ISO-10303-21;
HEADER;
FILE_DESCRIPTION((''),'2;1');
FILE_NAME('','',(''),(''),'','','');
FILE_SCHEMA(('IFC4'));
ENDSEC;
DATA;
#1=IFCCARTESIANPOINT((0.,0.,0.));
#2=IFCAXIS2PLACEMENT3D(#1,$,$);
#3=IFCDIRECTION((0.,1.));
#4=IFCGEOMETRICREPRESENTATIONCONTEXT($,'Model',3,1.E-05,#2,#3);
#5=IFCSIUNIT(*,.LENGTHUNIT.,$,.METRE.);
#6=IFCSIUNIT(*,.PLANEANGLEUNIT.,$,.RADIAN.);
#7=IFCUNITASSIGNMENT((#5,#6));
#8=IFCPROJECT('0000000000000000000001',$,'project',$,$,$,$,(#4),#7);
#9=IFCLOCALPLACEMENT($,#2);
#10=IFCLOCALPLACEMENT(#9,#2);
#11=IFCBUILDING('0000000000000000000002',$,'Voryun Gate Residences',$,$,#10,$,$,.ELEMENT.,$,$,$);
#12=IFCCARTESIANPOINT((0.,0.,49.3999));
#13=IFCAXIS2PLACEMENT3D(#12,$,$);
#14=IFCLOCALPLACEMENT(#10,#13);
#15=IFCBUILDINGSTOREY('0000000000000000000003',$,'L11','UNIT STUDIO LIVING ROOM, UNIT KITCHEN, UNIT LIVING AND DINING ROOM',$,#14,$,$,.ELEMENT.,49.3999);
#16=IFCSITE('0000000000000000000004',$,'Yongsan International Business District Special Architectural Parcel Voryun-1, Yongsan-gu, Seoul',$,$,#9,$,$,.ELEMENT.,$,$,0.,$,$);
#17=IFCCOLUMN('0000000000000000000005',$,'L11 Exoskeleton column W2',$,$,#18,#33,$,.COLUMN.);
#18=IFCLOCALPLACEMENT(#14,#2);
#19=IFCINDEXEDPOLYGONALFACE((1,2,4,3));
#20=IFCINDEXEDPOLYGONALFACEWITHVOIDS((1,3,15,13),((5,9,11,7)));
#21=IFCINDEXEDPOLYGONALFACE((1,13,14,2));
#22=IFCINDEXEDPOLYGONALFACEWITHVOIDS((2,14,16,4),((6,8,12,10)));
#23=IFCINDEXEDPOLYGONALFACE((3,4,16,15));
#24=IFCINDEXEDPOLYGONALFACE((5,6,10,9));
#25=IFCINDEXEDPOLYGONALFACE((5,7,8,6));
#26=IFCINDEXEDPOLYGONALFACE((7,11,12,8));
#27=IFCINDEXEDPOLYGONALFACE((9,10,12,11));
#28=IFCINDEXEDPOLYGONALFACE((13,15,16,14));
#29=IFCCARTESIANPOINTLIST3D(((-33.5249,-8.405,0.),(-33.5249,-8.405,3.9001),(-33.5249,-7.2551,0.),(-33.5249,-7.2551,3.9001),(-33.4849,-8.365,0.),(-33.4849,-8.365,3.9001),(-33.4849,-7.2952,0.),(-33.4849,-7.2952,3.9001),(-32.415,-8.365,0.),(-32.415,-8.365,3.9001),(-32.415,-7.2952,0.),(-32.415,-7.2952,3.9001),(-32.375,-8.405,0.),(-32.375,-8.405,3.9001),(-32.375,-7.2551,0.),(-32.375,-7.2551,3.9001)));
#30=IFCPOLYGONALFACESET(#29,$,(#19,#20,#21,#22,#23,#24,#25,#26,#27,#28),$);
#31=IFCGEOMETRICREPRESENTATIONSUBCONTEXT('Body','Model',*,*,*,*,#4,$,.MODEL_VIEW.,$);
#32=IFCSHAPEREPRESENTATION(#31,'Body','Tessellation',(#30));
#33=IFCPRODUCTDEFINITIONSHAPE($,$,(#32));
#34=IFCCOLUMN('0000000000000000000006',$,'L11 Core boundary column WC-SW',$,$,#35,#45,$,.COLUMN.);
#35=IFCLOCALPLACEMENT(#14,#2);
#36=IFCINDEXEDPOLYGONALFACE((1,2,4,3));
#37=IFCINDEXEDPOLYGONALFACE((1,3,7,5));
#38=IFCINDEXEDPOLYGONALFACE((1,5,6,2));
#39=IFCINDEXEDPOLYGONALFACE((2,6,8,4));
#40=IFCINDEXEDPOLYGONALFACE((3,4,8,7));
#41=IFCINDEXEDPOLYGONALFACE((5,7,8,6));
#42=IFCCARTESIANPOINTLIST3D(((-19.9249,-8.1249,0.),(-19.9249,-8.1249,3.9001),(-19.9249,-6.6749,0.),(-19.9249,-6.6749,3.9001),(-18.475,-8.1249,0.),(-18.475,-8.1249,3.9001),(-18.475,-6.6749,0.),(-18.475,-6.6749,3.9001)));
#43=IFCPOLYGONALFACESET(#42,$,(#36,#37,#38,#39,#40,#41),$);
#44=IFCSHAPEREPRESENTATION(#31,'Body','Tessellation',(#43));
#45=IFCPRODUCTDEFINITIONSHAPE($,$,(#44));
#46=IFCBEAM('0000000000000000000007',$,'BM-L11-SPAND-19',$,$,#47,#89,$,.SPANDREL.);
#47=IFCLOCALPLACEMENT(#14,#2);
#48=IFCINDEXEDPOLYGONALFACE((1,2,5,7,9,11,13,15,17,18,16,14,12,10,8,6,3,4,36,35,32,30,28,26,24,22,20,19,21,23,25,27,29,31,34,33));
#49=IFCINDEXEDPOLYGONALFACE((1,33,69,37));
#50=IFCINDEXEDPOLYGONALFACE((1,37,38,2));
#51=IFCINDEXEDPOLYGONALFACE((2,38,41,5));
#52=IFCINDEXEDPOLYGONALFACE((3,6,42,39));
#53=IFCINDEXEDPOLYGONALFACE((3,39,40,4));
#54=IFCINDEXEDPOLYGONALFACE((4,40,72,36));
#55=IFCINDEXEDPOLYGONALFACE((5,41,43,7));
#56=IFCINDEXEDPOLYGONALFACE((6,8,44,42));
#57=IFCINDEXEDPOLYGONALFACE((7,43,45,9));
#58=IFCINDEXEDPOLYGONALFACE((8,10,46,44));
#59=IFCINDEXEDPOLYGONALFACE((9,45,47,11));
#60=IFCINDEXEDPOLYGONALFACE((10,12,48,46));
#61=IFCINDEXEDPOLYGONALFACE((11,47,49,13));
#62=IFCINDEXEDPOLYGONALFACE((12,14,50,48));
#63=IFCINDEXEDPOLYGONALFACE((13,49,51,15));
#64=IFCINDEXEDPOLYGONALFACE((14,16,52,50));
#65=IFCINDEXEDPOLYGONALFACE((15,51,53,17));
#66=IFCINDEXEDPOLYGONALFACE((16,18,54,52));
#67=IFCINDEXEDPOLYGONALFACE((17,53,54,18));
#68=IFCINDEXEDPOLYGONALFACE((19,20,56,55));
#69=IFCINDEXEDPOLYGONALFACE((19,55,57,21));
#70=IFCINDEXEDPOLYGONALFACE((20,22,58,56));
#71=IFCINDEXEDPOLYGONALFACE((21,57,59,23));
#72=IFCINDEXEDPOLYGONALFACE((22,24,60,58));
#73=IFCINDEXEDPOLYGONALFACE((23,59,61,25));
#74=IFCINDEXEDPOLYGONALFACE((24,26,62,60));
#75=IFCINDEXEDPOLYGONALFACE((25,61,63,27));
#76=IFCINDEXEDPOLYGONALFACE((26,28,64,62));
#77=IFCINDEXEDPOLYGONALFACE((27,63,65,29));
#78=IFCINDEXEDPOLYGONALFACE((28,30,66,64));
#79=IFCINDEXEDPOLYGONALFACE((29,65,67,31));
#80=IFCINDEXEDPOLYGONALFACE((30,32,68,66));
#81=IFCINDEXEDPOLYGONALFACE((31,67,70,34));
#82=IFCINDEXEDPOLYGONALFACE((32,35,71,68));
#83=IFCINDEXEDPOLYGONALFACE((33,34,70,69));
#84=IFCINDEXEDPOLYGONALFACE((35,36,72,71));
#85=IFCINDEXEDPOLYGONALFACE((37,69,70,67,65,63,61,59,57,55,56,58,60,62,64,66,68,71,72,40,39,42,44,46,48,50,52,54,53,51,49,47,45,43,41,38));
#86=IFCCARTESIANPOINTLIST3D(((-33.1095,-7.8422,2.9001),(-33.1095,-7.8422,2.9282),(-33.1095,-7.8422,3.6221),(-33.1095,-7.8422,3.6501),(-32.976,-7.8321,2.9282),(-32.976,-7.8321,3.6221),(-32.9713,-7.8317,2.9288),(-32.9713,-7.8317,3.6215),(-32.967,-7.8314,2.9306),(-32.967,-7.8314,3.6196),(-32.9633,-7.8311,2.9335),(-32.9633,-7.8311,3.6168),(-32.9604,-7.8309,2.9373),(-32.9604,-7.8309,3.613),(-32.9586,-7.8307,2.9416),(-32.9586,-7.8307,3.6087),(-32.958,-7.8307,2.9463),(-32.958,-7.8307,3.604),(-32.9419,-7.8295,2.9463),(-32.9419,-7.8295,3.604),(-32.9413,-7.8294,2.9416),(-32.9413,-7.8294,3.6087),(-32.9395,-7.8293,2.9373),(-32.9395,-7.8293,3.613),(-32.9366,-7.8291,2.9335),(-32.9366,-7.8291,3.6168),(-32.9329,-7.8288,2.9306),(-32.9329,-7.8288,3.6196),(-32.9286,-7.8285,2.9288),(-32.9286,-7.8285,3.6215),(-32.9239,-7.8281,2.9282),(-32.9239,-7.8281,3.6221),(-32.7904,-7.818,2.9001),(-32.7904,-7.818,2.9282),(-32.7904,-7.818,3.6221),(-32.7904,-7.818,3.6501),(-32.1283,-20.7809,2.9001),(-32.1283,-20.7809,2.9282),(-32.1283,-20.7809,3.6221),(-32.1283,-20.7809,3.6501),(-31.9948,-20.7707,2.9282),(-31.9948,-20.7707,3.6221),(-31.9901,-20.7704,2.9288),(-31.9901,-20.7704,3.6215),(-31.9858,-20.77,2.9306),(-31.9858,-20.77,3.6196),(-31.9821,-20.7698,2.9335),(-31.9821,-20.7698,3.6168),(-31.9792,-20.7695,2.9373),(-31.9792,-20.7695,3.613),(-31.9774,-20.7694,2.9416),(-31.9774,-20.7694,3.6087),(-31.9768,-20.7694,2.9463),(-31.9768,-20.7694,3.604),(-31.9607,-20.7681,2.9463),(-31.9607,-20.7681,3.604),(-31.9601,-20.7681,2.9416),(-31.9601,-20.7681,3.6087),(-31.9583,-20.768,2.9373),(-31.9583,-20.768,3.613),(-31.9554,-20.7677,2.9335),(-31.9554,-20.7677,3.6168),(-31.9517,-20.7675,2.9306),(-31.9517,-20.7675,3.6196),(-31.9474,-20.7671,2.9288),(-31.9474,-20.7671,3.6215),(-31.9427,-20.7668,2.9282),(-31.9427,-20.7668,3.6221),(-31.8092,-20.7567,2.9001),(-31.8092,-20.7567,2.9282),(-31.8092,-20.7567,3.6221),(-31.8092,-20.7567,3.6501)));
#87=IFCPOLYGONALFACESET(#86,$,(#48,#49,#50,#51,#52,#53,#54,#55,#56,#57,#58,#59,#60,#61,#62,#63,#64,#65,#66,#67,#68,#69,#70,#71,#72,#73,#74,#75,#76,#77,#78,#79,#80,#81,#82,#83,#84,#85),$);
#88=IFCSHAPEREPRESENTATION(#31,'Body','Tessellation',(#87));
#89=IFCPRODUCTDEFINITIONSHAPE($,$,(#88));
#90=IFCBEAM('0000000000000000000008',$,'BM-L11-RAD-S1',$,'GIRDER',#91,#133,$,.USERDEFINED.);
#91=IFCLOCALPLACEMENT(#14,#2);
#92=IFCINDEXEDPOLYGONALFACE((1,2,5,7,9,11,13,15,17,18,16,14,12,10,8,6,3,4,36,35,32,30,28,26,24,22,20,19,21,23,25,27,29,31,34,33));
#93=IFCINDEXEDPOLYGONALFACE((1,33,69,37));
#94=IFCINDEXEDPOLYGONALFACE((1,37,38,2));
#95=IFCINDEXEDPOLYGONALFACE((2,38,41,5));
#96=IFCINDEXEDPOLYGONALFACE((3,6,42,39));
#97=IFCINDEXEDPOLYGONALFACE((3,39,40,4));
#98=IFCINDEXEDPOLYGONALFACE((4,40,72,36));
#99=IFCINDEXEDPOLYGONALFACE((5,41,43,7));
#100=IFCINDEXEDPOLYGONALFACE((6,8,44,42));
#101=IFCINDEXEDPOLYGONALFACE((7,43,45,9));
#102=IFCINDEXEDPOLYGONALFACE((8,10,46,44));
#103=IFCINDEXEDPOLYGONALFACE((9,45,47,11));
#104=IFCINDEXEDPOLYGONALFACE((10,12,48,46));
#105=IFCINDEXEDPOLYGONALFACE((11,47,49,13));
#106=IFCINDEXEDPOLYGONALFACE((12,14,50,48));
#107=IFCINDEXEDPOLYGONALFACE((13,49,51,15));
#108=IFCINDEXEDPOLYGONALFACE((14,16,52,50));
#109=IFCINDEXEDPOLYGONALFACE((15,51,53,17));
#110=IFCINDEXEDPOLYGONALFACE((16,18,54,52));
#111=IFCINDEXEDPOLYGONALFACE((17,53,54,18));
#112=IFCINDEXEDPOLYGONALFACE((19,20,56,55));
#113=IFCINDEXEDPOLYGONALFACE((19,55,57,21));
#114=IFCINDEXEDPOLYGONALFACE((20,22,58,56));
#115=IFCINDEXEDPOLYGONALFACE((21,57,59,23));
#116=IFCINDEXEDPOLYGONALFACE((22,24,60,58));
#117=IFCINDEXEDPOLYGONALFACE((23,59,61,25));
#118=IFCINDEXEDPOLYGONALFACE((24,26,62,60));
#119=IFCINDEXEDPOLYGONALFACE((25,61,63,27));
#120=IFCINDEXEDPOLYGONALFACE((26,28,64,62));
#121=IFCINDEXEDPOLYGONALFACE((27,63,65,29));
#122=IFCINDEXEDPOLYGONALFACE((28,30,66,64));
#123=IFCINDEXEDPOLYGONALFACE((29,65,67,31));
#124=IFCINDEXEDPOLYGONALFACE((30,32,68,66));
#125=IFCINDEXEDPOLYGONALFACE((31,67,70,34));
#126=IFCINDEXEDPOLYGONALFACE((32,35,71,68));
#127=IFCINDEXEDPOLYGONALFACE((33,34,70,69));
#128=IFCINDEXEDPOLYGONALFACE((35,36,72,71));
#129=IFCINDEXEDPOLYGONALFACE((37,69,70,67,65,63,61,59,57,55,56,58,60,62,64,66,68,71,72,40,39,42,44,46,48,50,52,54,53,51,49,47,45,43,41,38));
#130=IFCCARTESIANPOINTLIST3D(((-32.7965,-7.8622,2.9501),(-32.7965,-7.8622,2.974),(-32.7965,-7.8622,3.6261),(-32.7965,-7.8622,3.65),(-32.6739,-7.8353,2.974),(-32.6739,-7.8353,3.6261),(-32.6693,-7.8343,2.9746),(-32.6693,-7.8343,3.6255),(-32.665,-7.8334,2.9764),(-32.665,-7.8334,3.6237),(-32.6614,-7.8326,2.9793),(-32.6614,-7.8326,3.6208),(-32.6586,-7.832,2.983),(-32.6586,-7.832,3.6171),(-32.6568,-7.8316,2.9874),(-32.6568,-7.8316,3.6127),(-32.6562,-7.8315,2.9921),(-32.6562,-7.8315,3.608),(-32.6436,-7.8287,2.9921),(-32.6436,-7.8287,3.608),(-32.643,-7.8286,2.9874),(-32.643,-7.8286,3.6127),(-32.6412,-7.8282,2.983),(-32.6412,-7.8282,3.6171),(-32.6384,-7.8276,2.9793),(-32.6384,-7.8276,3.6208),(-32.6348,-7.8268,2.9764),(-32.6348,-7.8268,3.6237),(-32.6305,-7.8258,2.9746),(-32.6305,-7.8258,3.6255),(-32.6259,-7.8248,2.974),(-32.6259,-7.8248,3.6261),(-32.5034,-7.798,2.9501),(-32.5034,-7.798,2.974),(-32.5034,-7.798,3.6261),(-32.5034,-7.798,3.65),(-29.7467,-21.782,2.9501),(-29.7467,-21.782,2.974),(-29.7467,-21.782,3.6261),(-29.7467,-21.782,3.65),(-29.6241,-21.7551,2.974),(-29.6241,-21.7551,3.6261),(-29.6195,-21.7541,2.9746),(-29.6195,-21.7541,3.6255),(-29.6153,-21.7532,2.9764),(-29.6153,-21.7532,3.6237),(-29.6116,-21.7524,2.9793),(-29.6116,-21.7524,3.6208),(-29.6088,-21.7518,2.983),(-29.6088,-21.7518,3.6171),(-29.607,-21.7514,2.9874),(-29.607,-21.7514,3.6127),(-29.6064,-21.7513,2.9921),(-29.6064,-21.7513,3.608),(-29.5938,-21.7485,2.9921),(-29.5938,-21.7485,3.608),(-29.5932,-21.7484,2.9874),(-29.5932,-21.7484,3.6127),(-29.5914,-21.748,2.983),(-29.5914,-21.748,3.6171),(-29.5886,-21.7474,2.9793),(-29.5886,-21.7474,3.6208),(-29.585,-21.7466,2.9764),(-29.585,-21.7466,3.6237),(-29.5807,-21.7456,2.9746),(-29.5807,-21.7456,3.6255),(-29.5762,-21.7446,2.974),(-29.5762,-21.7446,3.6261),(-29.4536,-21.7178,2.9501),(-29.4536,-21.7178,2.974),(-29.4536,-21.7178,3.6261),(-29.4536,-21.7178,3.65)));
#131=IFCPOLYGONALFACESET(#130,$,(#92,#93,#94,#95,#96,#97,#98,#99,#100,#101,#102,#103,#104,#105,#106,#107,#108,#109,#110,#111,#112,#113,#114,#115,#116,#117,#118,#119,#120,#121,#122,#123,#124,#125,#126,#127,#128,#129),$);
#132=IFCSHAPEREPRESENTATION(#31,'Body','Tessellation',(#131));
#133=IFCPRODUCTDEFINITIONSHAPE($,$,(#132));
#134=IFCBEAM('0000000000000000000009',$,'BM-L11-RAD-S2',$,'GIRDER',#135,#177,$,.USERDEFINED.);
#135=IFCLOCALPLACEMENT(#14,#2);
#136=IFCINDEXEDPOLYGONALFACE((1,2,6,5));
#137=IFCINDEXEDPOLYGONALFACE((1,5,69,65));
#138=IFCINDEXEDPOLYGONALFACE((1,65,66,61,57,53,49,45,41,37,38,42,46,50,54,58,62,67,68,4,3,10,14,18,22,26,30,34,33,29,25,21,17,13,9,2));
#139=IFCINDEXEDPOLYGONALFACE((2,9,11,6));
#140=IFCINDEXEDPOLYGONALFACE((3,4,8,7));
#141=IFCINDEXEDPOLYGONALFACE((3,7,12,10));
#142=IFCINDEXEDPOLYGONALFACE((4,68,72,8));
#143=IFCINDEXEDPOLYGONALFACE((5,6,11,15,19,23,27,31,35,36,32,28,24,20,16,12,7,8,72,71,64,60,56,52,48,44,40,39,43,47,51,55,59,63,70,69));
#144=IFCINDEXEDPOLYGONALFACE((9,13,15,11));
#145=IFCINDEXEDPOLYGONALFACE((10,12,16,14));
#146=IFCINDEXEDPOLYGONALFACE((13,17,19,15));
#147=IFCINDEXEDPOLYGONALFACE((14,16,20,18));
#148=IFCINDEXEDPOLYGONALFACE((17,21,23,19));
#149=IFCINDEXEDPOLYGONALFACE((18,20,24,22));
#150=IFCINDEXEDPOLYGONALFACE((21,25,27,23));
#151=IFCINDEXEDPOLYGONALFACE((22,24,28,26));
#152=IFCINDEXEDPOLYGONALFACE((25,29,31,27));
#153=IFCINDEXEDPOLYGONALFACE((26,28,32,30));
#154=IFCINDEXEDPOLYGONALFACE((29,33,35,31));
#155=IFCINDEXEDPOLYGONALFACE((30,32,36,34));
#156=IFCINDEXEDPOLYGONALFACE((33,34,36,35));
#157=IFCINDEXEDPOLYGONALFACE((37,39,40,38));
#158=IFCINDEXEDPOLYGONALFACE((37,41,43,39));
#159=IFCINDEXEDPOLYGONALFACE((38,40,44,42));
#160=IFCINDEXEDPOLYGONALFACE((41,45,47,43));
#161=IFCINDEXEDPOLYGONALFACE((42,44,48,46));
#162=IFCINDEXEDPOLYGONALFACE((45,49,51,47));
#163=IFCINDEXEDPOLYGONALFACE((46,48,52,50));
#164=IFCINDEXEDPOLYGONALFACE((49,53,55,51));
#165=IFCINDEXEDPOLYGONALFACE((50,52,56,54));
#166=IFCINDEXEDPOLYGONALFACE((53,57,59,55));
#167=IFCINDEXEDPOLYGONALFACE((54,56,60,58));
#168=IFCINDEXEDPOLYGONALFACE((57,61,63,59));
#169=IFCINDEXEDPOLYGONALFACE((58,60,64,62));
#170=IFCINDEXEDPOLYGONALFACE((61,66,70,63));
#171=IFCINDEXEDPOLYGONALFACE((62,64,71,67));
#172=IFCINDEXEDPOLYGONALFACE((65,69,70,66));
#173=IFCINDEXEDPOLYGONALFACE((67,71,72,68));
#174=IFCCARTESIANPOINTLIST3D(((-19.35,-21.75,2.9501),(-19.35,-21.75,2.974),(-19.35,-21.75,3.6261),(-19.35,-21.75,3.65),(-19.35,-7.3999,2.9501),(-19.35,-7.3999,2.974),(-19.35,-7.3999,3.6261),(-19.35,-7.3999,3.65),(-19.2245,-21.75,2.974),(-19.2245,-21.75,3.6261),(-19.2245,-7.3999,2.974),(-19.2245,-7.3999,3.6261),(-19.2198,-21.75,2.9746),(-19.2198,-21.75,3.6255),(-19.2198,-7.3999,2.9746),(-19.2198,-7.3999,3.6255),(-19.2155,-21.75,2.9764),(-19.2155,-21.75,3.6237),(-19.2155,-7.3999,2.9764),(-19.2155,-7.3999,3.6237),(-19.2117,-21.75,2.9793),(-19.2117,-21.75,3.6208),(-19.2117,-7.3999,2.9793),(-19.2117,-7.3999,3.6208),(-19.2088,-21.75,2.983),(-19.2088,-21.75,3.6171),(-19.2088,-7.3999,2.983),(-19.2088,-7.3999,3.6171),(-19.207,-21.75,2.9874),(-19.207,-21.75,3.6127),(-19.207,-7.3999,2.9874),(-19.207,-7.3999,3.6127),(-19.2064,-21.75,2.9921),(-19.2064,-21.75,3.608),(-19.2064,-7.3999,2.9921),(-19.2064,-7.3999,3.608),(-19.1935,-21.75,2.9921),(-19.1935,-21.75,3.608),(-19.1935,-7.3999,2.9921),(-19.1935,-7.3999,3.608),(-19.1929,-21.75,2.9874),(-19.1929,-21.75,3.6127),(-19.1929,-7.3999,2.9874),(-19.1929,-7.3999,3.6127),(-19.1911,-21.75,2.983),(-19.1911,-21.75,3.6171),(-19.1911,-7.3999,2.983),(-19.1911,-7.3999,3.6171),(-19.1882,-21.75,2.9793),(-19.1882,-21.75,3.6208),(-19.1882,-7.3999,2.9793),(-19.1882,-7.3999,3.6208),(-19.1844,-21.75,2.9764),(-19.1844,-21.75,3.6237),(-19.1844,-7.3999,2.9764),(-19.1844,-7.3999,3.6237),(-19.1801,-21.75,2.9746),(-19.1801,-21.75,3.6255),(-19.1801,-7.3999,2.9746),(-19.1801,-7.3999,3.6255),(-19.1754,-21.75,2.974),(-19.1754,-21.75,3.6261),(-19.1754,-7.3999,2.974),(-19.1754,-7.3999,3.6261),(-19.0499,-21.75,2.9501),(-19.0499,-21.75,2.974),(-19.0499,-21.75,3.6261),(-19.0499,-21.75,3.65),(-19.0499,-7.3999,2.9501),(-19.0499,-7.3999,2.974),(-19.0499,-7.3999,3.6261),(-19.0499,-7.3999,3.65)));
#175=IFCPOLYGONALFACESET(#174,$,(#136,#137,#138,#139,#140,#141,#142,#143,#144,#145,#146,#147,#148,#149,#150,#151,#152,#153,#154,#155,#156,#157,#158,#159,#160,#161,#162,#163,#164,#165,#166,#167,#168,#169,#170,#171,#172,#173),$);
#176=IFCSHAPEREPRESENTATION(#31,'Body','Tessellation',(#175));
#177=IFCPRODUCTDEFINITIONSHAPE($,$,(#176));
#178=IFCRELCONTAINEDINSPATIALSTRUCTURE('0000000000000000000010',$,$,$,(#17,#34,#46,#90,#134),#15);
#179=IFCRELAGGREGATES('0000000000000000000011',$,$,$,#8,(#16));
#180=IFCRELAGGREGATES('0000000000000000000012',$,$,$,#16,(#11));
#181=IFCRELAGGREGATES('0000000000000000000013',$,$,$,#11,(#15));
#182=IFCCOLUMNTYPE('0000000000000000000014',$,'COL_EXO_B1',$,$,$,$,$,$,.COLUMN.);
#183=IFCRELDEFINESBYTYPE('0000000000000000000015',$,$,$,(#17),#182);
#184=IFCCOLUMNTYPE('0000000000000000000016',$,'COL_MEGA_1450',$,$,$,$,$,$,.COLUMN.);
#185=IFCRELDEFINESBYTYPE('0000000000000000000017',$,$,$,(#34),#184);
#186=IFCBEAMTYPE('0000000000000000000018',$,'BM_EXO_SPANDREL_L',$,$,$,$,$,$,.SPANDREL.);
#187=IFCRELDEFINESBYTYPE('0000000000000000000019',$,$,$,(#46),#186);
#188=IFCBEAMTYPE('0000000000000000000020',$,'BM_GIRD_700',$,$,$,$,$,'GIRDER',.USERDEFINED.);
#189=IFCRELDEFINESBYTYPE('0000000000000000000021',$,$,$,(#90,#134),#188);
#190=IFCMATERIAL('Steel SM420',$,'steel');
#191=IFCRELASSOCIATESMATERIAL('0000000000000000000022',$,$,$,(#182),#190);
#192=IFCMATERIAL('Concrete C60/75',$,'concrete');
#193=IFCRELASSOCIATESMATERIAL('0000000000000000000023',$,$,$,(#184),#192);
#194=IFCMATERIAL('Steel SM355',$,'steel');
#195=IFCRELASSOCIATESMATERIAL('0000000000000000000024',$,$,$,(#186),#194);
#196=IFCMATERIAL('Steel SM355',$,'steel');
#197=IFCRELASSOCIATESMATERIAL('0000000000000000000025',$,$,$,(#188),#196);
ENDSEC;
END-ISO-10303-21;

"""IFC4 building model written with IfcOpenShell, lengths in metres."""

from ifc_helpers import new_model, si_unit, direction, frame, origin, origin_2d, place, context, subcontext, project, spatial, rectangle, hollow_rectangle, i_section, extrude, material, material_profile, profile_set, type_object, element, save


model = new_model("IFC4")

# Units and contexts
model_context = context("Model", 3, precision=1e-05, world=origin(), true_north=direction((0.0, 1.0)))
body_context = subcontext(model_context, "Body", "Model", "MODEL_VIEW")
ifc_project = project(units=[si_unit("LENGTHUNIT", "METRE"), si_unit("PLANEANGLEUNIT", "RADIAN")], contexts=[model_context])

# Site, building, storey
site_placement = place(None, origin())
site = spatial("IfcSite", under=ifc_project, at=site_placement, Name="Yongsan International Business District Special Architectural Parcel Voryun-1, Yongsan-gu, Seoul", CompositionType="ELEMENT", RefElevation=0.0)
building_placement = place(site_placement, origin())
building = spatial("IfcBuilding", under=site, at=building_placement, Name="Voryun Gate Residences", CompositionType="ELEMENT")
storey_placement = place(building_placement, frame((0.0, 0.0, 49.3999)))
storey = spatial("IfcBuildingStorey", under=building, at=storey_placement, Name="L11", Description="UNIT STUDIO LIVING ROOM, UNIT KITCHEN, UNIT LIVING AND DINING ROOM", CompositionType="ELEMENT", Elevation=49.3999)

# Columns
ifc_material_1 = material(Name="Steel SM420", Category="steel")
ifc_material_profile_1 = material_profile(ifc_material_1, hollow_rectangle(XDim=1.1499, YDim=1.1499, WallThickness=0.04, at=origin_2d()), Name="BOX-1150x1150x40")
ifc_profile_set_1 = profile_set([ifc_material_profile_1], Name="Steel SM420")
column_type_1 = type_object("IfcColumnType", Name="COL_EXO_B1", PredefinedType="COLUMN", material=ifc_profile_set_1)
column_1_placement = place(storey_placement, frame((-32.95, -7.8301, 0.0), z_axis=(0.0, 0.0, 1.0), x_axis=(1.0, 0.0, 0.0)))
element("IfcColumn", 1, at=column_1_placement, inside=storey, type_object=column_type_1, Name="L11 Exoskeleton column W2", PredefinedType="COLUMN", context=body_context, shape_type="SweptSolid", body=[
    extrude(hollow_rectangle(XDim=1.1499, YDim=1.1499, WallThickness=0.04, at=origin_2d()), origin(), (0.0, 0.0, 1.0), 3.9001),
])
ifc_material_2 = material(Name="Concrete C60/75", Category="concrete")
ifc_material_profile_2 = material_profile(ifc_material_2, rectangle(XDim=1.45, YDim=1.45, at=origin_2d()), Name="RC-1450x1450")
ifc_profile_set_2 = profile_set([ifc_material_profile_2], Name="Concrete C60/75")
column_type_2 = type_object("IfcColumnType", Name="COL_MEGA_1450", PredefinedType="COLUMN", material=ifc_profile_set_2)
column_2_placement = place(storey_placement, frame((-19.2, -7.3999, 0.0), z_axis=(0.0, 0.0, 1.0), x_axis=(1.0, 0.0, 0.0)))
element("IfcColumn", 2, at=column_2_placement, inside=storey, type_object=column_type_2, Name="L11 Core boundary column WC-SW", PredefinedType="COLUMN", context=body_context, shape_type="SweptSolid", body=[
    extrude(rectangle(XDim=1.45, YDim=1.45, at=origin_2d()), origin(), (0.0, 0.0, 1.0), 3.9001),
])

# Beams
ifc_material_3 = material(Name="Steel SM355", Category="steel")
ifc_material_profile_3 = material_profile(ifc_material_3, i_section(OverallWidth=0.3201, OverallDepth=0.75, WebThickness=0.0161, FlangeThickness=0.0281, FilletRadius=0.0181, at=origin_2d()), Name="H-750x320x16x28")
ifc_profile_set_3 = profile_set([ifc_material_profile_3], Name="Steel SM355")
beam_type_1 = type_object("IfcBeamType", Name="BM_EXO_SPANDREL_L", PredefinedType="SPANDREL", material=ifc_profile_set_3)
beam_1_placement = place(storey_placement, frame((-32.95, -7.8301, 3.2751), z_axis=(0.075617, -0.997137, 0.0), x_axis=(0.997137, 0.075617, 0.0)))
element("IfcBeam", 3, at=beam_1_placement, inside=storey, type_object=beam_type_1, Name="BM-L11-SPAND-19", PredefinedType="SPANDREL", context=body_context, shape_type="SweptSolid", body=[
    extrude(i_section(OverallWidth=0.3201, OverallDepth=0.75, WebThickness=0.0161, FlangeThickness=0.0281, FilletRadius=0.0181, at=origin_2d()), origin(), (0.0, 0.0, 1.0), 12.9758),
])
ifc_material_4 = material(Name="Steel SM355", Category="steel")
ifc_material_profile_4 = material_profile(ifc_material_4, i_section(OverallWidth=0.3, OverallDepth=0.7, WebThickness=0.0129, FlangeThickness=0.0239, FilletRadius=0.0181, at=origin_2d()), Name="H-700x300x13x24")
ifc_profile_set_4 = profile_set([ifc_material_profile_4], Name="Steel SM355")
beam_type_2 = type_object("IfcBeamType", Name="BM_GIRD_700", ElementType="GIRDER", PredefinedType="USERDEFINED", material=ifc_profile_set_4)
beam_2_placement = place(storey_placement, frame((-32.6499, -7.8301, 3.3), z_axis=(0.21402, -0.976829, 0.0), x_axis=(0.976829, 0.21402, 0.0)))
element("IfcBeam", 4, at=beam_2_placement, inside=storey, type_object=beam_type_2, Name="BM-L11-RAD-S1", ObjectType="GIRDER", PredefinedType="USERDEFINED", context=body_context, shape_type="SweptSolid", body=[
    extrude(i_section(OverallWidth=0.3, OverallDepth=0.7, WebThickness=0.0129, FlangeThickness=0.0239, FilletRadius=0.0181, at=origin_2d()), origin(), (0.0, 0.0, 1.0), 14.25),
])
beam_3_placement = place(storey_placement, frame((-19.2, -7.3999, 3.3), z_axis=(0.0, -1.0, 0.0), x_axis=(1.0, 0.0, 0.0)))
element("IfcBeam", 5, at=beam_3_placement, inside=storey, type_object=beam_type_2, Name="BM-L11-RAD-S2", ObjectType="GIRDER", PredefinedType="USERDEFINED", context=body_context, shape_type="SweptSolid", body=[
    extrude(i_section(OverallWidth=0.3, OverallDepth=0.7, WebThickness=0.0129, FlangeThickness=0.0239, FilletRadius=0.0181, at=origin_2d()), origin(), (0.0, 0.0, 1.0), 14.3501),
])

save(model, "model.ifc")
